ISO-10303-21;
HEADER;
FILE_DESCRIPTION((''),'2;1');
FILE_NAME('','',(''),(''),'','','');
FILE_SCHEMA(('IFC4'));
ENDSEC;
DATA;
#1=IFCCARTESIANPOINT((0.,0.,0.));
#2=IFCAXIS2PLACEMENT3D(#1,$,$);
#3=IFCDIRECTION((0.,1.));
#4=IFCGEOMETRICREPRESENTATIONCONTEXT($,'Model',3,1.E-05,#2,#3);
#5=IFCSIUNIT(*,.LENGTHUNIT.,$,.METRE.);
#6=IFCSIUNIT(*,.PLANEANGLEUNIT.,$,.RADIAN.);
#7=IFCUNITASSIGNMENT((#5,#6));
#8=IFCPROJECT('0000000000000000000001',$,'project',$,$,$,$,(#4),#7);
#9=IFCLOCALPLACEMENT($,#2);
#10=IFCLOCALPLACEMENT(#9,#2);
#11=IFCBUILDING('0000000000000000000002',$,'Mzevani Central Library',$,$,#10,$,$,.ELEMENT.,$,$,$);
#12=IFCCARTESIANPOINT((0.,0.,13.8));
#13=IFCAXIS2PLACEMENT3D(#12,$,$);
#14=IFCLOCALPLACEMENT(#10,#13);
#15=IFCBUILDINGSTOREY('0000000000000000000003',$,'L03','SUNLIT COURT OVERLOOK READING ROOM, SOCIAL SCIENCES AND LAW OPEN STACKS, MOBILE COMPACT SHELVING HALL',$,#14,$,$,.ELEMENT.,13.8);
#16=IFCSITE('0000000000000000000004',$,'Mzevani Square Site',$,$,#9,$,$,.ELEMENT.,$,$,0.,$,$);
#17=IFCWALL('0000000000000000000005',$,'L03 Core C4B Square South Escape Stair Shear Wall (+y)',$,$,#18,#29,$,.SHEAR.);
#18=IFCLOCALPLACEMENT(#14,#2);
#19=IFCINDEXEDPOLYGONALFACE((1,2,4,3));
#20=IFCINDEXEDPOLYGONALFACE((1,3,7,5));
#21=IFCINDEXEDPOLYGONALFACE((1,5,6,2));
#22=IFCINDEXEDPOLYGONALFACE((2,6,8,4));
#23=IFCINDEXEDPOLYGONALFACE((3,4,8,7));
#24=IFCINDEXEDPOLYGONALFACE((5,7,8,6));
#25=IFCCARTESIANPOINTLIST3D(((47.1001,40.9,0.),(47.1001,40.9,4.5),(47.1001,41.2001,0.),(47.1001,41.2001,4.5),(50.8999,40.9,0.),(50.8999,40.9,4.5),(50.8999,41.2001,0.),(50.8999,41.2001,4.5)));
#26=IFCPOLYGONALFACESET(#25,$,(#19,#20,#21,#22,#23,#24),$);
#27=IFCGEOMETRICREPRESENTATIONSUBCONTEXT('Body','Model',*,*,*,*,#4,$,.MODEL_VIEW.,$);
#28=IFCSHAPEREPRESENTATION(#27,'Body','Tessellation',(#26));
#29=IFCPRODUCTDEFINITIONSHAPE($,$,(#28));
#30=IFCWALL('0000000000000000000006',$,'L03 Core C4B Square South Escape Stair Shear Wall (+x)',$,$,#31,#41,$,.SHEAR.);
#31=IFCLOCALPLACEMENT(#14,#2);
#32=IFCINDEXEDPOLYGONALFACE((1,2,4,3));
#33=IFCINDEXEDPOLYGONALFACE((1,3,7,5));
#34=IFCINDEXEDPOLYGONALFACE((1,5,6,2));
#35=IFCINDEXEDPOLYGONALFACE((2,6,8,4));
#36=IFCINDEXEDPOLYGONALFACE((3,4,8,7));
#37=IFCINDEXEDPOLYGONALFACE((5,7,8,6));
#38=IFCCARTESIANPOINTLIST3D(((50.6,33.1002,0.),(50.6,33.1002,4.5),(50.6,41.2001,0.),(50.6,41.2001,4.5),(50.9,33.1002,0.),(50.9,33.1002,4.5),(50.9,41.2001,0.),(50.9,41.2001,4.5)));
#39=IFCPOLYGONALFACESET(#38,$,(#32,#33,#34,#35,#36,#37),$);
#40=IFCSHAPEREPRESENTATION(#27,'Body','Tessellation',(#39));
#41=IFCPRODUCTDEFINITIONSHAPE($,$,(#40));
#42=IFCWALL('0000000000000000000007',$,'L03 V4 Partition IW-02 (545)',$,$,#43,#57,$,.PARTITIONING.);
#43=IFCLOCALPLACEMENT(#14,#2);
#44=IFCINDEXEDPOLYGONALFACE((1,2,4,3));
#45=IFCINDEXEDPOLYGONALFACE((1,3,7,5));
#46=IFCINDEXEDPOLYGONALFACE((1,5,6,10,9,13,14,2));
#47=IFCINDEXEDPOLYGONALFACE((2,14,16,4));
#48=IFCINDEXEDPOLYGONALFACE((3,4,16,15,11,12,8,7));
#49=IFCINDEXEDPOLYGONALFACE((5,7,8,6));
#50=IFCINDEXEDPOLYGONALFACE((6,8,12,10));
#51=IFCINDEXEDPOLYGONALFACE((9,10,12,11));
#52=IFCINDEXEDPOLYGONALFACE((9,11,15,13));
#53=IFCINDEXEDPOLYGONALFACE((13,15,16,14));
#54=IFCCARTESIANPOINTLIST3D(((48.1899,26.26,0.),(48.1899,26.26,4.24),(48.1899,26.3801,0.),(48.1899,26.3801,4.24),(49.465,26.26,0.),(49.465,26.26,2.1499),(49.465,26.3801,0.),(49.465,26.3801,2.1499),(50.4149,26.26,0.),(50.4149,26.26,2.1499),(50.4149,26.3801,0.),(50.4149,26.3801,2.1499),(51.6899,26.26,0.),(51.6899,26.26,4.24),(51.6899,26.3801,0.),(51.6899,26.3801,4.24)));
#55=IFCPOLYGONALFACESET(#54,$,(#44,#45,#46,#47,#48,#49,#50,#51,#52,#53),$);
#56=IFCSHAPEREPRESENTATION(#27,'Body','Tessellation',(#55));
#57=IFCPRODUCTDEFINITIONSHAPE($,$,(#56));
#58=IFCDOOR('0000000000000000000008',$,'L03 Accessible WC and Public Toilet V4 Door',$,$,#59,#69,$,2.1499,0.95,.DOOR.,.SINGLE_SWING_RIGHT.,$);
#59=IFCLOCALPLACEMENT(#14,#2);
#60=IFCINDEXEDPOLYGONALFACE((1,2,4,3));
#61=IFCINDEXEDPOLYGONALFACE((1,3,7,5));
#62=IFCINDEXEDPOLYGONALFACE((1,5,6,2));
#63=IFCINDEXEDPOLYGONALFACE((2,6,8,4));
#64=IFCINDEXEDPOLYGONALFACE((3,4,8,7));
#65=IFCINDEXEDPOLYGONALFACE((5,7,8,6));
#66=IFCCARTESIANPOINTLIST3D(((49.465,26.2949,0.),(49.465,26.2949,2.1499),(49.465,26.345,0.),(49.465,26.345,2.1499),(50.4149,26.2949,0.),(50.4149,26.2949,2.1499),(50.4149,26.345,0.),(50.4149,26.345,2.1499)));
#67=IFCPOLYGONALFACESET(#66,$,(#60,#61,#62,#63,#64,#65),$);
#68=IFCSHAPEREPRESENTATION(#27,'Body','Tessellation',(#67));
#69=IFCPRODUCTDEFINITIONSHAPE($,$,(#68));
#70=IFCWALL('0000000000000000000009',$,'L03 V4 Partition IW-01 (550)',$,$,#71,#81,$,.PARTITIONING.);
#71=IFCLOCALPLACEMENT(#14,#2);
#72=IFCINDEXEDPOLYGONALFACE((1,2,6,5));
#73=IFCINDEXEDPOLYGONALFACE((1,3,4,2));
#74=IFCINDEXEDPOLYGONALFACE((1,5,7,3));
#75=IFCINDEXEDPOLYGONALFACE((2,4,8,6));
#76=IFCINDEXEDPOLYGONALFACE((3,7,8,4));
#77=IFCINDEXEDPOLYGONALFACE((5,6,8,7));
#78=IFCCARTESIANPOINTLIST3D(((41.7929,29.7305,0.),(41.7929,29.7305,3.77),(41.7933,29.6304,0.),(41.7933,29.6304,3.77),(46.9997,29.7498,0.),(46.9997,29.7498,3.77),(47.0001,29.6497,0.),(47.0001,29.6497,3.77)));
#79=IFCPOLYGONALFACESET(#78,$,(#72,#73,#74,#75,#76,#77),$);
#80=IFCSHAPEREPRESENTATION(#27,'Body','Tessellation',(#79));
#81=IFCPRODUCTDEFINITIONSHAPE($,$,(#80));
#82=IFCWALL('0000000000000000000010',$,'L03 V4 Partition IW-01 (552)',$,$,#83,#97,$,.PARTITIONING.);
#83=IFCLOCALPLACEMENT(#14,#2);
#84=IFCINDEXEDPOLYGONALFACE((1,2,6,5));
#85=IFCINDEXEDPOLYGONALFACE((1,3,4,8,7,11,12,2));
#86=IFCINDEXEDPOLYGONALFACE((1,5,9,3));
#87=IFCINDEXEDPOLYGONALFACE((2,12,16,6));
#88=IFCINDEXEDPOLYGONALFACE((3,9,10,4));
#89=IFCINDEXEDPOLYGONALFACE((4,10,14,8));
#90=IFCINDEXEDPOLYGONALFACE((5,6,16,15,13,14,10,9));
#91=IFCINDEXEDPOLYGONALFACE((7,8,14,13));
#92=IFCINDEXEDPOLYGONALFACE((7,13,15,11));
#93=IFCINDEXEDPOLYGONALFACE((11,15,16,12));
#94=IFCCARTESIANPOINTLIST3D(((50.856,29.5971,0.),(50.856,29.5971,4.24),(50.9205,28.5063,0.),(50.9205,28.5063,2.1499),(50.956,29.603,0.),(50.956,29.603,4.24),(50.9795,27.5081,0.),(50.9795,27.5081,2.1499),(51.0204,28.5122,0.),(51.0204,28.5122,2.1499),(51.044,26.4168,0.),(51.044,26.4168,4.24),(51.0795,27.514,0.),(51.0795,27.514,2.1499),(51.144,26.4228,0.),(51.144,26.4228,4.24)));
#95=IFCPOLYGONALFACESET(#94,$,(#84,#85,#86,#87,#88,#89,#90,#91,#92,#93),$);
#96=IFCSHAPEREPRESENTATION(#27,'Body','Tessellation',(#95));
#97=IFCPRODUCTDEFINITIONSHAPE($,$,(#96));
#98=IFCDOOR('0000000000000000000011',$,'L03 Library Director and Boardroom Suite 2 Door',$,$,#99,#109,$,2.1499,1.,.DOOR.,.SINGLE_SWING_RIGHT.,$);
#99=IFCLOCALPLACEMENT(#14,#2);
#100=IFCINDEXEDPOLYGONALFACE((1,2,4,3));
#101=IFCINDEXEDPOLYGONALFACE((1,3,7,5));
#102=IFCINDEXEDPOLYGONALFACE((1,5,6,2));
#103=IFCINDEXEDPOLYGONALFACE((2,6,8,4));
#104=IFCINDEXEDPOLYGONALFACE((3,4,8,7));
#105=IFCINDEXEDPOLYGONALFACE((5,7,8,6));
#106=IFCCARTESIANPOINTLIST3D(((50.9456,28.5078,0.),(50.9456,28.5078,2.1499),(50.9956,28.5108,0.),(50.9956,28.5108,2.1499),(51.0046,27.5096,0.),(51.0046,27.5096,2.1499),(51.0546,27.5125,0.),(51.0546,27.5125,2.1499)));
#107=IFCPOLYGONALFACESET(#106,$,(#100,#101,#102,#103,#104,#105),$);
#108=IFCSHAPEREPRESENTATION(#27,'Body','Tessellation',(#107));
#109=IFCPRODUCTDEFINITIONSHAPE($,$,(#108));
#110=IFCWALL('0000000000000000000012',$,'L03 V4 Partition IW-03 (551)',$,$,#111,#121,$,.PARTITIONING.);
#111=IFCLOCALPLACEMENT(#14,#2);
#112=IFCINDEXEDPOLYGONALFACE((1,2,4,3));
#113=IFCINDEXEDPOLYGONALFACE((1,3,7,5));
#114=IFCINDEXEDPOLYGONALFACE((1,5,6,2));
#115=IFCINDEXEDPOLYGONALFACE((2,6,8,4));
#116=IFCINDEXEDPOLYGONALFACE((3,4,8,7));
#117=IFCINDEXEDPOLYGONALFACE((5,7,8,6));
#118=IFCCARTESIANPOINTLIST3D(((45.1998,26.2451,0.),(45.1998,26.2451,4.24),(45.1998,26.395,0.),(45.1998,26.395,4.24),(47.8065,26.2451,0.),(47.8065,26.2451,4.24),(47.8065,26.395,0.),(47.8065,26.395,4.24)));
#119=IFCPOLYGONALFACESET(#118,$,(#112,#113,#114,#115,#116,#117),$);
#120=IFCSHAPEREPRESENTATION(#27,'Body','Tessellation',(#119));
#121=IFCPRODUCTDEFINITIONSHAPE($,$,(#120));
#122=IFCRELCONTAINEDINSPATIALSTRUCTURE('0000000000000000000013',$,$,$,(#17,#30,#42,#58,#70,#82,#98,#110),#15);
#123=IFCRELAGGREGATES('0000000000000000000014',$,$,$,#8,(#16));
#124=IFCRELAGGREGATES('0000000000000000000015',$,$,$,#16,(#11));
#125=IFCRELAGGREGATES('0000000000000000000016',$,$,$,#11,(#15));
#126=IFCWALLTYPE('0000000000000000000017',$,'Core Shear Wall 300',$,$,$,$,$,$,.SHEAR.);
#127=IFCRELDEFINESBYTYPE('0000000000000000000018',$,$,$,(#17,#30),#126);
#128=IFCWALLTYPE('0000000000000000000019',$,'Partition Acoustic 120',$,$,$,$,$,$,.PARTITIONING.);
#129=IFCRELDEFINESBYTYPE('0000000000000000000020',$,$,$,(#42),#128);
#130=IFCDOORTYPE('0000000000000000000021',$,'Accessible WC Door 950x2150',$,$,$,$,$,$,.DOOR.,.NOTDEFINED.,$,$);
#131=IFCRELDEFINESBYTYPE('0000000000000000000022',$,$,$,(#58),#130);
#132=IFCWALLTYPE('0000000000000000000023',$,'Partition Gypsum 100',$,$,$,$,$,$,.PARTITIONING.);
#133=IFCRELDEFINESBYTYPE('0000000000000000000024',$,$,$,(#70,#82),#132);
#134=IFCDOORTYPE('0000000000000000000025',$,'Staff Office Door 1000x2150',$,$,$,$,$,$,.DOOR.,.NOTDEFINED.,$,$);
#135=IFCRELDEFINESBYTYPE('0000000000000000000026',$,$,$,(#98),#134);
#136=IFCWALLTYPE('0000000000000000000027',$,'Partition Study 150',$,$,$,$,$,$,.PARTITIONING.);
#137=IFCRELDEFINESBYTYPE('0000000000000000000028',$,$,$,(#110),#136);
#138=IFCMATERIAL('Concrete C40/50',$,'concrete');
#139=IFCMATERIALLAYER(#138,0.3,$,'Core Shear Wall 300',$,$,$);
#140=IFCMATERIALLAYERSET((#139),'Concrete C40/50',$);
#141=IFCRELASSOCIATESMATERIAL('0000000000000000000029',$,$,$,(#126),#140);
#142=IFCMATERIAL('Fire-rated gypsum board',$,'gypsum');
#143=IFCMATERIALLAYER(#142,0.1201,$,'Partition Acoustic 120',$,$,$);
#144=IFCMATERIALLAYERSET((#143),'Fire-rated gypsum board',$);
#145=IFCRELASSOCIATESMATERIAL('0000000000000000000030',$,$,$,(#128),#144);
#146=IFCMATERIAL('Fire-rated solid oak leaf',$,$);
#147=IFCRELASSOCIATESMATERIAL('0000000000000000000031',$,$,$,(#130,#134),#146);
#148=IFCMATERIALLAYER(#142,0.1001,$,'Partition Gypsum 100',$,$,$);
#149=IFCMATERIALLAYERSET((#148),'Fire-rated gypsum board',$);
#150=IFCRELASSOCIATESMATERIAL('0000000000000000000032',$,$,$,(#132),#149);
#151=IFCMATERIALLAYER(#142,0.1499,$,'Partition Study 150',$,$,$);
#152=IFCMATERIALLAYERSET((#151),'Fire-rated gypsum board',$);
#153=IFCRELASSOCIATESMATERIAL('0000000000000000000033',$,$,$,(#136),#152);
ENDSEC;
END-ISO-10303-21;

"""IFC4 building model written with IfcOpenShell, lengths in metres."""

from ifc_helpers import new_model, si_unit, direction, frame, frame_2d, origin, place, context, subcontext, project, spatial, rectangle, extrude, material, layer, layer_set, type_object, element, fill, save


model = new_model("IFC4")

# Units and contexts
model_context = context("Model", 3, precision=1e-05, world=origin(), true_north=direction((0.0, 1.0)))
body_context = subcontext(model_context, "Body", "Model", "MODEL_VIEW")
ifc_project = project(units=[si_unit("LENGTHUNIT", "METRE"), si_unit("PLANEANGLEUNIT", "RADIAN")], contexts=[model_context])

# Site, building, storey
site_placement = place(None, origin())
site = spatial("IfcSite", under=ifc_project, at=site_placement, Name="Mzevani Square Site", CompositionType="ELEMENT", RefElevation=0.0)
building_placement = place(site_placement, origin())
building = spatial("IfcBuilding", under=site, at=building_placement, Name="Mzevani Central Library", CompositionType="ELEMENT")
storey_placement = place(building_placement, frame((0.0, 0.0, 13.8)))
storey = spatial("IfcBuildingStorey", under=building, at=storey_placement, Name="L03", Description="SUNLIT COURT OVERLOOK READING ROOM, SOCIAL SCIENCES AND LAW OPEN STACKS, MOBILE COMPACT SHELVING HALL", CompositionType="ELEMENT", Elevation=13.8)

# Shared definitions
ifc_material_1 = material(Name="Concrete C40/50", Category="concrete")

# Shared definitions
ifc_layer_1 = layer(ifc_material_1, 0.3, Name="Core Shear Wall 300")
ifc_layer_set_1 = layer_set([ifc_layer_1], Name="Concrete C40/50")
wall_type_1 = type_object("IfcWallType", Name="Core Shear Wall 300", PredefinedType="SHEAR", material=ifc_layer_set_1)

# Walls
wall_1_placement = place(storey_placement, frame((47.1001, 41.05, 0.0), z_axis=(0.0, 0.0, 1.0), x_axis=(1.0, 0.0, 0.0)))
element("IfcWall", 1, at=wall_1_placement, inside=storey, type_object=wall_type_1, Name="L03 Core C4B Square South Escape Stair Shear Wall (+y)", PredefinedType="SHEAR", context=body_context, shape_type="SweptSolid", body=[
    extrude(rectangle(XDim=3.7998, YDim=0.3, at=frame_2d((1.8999, 0.0))), origin(), (0.0, 0.0, 1.0), 4.5),
])
wall_2_placement = place(storey_placement, frame((50.75, 41.2, 0.0), z_axis=(0.0, 0.0, 1.0), x_axis=(0.0, -1.0, 0.0)))
element("IfcWall", 2, at=wall_2_placement, inside=storey, type_object=wall_type_1, Name="L03 Core C4B Square South Escape Stair Shear Wall (+x)", PredefinedType="SHEAR", context=body_context, shape_type="SweptSolid", body=[
    extrude(rectangle(XDim=8.0999, YDim=0.3, at=frame_2d((4.0498, 0.0))), origin(), (0.0, 0.0, 1.0), 4.5),
])

# Wall, opening, door
ifc_material_2 = material(Name="Fire-rated gypsum board", Category="gypsum")
ifc_layer_2 = layer(ifc_material_2, 0.1201, Name="Partition Acoustic 120")
ifc_layer_set_2 = layer_set([ifc_layer_2], Name="Fire-rated gypsum board")
wall_type_2 = type_object("IfcWallType", Name="Partition Acoustic 120", PredefinedType="PARTITIONING", material=ifc_layer_set_2)
wall_3_placement = place(storey_placement, frame((48.1899, 26.3201, 0.0), z_axis=(0.0, 0.0, 1.0), x_axis=(1.0, 0.0, 0.0)))
wall_3 = element("IfcWall", 3, at=wall_3_placement, inside=storey, type_object=wall_type_2, Name="L03 V4 Partition IW-02 (545)", PredefinedType="PARTITIONING", context=body_context, shape_type="SweptSolid", body=[
    extrude(rectangle(XDim=3.5, YDim=0.1201, at=frame_2d((1.75, 0.0))), origin(), (0.0, 0.0, 1.0), 4.24),
])
opening_1_placement = place(wall_3_placement, frame((1.2749, 0.0, 0.0)))
opening_1 = element("IfcOpeningElement", 4, at=opening_1_placement, cuts=wall_3, PredefinedType="OPENING", context=body_context, shape_type="SweptSolid", body=[
    extrude(rectangle(XDim=0.95, YDim=2.1499, at=frame_2d((0.4751, 1.075))), frame((0.0, 0.0701, 0.0), z_axis=(0.0, -1.0, 0.0), x_axis=(1.0, 0.0, 0.0)), (0.0, 0.0, 1.0), 0.1401),
])
ifc_material_3 = material(Name="Fire-rated solid oak leaf")
door_type_1 = type_object("IfcDoorType", Name="Accessible WC Door 950x2150", OperationType="NOTDEFINED", PredefinedType="DOOR", material=ifc_material_3)
door_1_placement = place(opening_1_placement, origin())
door_1 = element("IfcDoor", 5, at=door_1_placement, inside=storey, type_object=door_type_1, Name="L03 Accessible WC and Public Toilet V4 Door", OperationType="SINGLE_SWING_RIGHT", OverallHeight=2.1499, OverallWidth=0.95, PredefinedType="DOOR", context=body_context, shape_type="SweptSolid", body=[
    extrude(rectangle(XDim=0.95, YDim=2.1499, at=frame_2d((0.4751, 1.075))), frame((0.0, 0.0249, 0.0), z_axis=(0.0, -1.0, 0.0), x_axis=(1.0, 0.0, 0.0)), (0.0, 0.0, 1.0), 0.05),
])
fill(opening_1, door_1)

# Wall
ifc_layer_3 = layer(ifc_material_2, 0.1001, Name="Partition Gypsum 100")
ifc_layer_set_3 = layer_set([ifc_layer_3], Name="Fire-rated gypsum board")
wall_type_3 = type_object("IfcWallType", Name="Partition Gypsum 100", PredefinedType="PARTITIONING", material=ifc_layer_set_3)
wall_4_placement = place(storey_placement, frame((47.0, 29.6997, 0.0), z_axis=(0.0, 0.0, 1.0), x_axis=(-0.999993, -0.003704, 0.0)))
element("IfcWall", 6, at=wall_4_placement, inside=storey, type_object=wall_type_3, Name="L03 V4 Partition IW-01 (550)", PredefinedType="PARTITIONING", context=body_context, shape_type="SweptSolid", body=[
    extrude(rectangle(XDim=5.2068, YDim=0.1001, at=frame_2d((2.6035, 0.0))), origin(), (0.0, 0.0, 1.0), 3.77),
])

# Wall, opening, door
wall_5_placement = place(storey_placement, frame((51.094, 26.4199, 0.0), z_axis=(0.0, 0.0, 1.0), x_axis=(-0.05901, 0.998257, 0.0)))
wall_5 = element("IfcWall", 7, at=wall_5_placement, inside=storey, type_object=wall_type_3, Name="L03 V4 Partition IW-01 (552)", PredefinedType="PARTITIONING", context=body_context, shape_type="SweptSolid", body=[
    extrude(rectangle(XDim=3.1858, YDim=0.1001, at=frame_2d((1.5928, 0.0))), origin(), (0.0, 0.0, 1.0), 4.24),
])
opening_2_placement = place(wall_5_placement, frame((1.093, 0.0, 0.0)))
opening_2 = element("IfcOpeningElement", 8, at=opening_2_placement, cuts=wall_5, PredefinedType="OPENING", context=body_context, shape_type="SweptSolid", body=[
    extrude(rectangle(XDim=1.0, YDim=2.1499, at=frame_2d((0.5, 1.075))), frame((0.0, 0.0601, 0.0), z_axis=(0.0, -1.0, 0.0), x_axis=(1.0, 0.0, 0.0)), (0.0, 0.0, 1.0), 0.1201),
])
door_type_2 = type_object("IfcDoorType", Name="Staff Office Door 1000x2150", OperationType="NOTDEFINED", PredefinedType="DOOR", material=ifc_material_3)
door_2_placement = place(opening_2_placement, origin())
door_2 = element("IfcDoor", 9, at=door_2_placement, inside=storey, type_object=door_type_2, Name="L03 Library Director and Boardroom Suite 2 Door", OperationType="SINGLE_SWING_RIGHT", OverallHeight=2.1499, OverallWidth=1.0, PredefinedType="DOOR", context=body_context, shape_type="SweptSolid", body=[
    extrude(rectangle(XDim=1.0, YDim=2.1499, at=frame_2d((0.5, 1.075))), frame((0.0, 0.0249, 0.0), z_axis=(0.0, -1.0, 0.0), x_axis=(1.0, 0.0, 0.0)), (0.0, 0.0, 1.0), 0.05),
])
fill(opening_2, door_2)

# Wall
ifc_layer_4 = layer(ifc_material_2, 0.1499, Name="Partition Study 150")
ifc_layer_set_4 = layer_set([ifc_layer_4], Name="Fire-rated gypsum board")
wall_type_4 = type_object("IfcWallType", Name="Partition Study 150", PredefinedType="PARTITIONING", material=ifc_layer_set_4)
wall_6_placement = place(storey_placement, frame((45.2, 26.3201, 0.0), z_axis=(0.0, 0.0, 1.0), x_axis=(1.0, 0.0, 0.0)))
element("IfcWall", 10, at=wall_6_placement, inside=storey, type_object=wall_type_4, Name="L03 V4 Partition IW-03 (551)", PredefinedType="PARTITIONING", context=body_context, shape_type="SweptSolid", body=[
    extrude(rectangle(XDim=2.6067, YDim=0.1499, at=frame_2d((1.3032, 0.0))), origin(), (0.0, 0.0, 1.0), 4.24),
])

save(model, "model.ifc")
